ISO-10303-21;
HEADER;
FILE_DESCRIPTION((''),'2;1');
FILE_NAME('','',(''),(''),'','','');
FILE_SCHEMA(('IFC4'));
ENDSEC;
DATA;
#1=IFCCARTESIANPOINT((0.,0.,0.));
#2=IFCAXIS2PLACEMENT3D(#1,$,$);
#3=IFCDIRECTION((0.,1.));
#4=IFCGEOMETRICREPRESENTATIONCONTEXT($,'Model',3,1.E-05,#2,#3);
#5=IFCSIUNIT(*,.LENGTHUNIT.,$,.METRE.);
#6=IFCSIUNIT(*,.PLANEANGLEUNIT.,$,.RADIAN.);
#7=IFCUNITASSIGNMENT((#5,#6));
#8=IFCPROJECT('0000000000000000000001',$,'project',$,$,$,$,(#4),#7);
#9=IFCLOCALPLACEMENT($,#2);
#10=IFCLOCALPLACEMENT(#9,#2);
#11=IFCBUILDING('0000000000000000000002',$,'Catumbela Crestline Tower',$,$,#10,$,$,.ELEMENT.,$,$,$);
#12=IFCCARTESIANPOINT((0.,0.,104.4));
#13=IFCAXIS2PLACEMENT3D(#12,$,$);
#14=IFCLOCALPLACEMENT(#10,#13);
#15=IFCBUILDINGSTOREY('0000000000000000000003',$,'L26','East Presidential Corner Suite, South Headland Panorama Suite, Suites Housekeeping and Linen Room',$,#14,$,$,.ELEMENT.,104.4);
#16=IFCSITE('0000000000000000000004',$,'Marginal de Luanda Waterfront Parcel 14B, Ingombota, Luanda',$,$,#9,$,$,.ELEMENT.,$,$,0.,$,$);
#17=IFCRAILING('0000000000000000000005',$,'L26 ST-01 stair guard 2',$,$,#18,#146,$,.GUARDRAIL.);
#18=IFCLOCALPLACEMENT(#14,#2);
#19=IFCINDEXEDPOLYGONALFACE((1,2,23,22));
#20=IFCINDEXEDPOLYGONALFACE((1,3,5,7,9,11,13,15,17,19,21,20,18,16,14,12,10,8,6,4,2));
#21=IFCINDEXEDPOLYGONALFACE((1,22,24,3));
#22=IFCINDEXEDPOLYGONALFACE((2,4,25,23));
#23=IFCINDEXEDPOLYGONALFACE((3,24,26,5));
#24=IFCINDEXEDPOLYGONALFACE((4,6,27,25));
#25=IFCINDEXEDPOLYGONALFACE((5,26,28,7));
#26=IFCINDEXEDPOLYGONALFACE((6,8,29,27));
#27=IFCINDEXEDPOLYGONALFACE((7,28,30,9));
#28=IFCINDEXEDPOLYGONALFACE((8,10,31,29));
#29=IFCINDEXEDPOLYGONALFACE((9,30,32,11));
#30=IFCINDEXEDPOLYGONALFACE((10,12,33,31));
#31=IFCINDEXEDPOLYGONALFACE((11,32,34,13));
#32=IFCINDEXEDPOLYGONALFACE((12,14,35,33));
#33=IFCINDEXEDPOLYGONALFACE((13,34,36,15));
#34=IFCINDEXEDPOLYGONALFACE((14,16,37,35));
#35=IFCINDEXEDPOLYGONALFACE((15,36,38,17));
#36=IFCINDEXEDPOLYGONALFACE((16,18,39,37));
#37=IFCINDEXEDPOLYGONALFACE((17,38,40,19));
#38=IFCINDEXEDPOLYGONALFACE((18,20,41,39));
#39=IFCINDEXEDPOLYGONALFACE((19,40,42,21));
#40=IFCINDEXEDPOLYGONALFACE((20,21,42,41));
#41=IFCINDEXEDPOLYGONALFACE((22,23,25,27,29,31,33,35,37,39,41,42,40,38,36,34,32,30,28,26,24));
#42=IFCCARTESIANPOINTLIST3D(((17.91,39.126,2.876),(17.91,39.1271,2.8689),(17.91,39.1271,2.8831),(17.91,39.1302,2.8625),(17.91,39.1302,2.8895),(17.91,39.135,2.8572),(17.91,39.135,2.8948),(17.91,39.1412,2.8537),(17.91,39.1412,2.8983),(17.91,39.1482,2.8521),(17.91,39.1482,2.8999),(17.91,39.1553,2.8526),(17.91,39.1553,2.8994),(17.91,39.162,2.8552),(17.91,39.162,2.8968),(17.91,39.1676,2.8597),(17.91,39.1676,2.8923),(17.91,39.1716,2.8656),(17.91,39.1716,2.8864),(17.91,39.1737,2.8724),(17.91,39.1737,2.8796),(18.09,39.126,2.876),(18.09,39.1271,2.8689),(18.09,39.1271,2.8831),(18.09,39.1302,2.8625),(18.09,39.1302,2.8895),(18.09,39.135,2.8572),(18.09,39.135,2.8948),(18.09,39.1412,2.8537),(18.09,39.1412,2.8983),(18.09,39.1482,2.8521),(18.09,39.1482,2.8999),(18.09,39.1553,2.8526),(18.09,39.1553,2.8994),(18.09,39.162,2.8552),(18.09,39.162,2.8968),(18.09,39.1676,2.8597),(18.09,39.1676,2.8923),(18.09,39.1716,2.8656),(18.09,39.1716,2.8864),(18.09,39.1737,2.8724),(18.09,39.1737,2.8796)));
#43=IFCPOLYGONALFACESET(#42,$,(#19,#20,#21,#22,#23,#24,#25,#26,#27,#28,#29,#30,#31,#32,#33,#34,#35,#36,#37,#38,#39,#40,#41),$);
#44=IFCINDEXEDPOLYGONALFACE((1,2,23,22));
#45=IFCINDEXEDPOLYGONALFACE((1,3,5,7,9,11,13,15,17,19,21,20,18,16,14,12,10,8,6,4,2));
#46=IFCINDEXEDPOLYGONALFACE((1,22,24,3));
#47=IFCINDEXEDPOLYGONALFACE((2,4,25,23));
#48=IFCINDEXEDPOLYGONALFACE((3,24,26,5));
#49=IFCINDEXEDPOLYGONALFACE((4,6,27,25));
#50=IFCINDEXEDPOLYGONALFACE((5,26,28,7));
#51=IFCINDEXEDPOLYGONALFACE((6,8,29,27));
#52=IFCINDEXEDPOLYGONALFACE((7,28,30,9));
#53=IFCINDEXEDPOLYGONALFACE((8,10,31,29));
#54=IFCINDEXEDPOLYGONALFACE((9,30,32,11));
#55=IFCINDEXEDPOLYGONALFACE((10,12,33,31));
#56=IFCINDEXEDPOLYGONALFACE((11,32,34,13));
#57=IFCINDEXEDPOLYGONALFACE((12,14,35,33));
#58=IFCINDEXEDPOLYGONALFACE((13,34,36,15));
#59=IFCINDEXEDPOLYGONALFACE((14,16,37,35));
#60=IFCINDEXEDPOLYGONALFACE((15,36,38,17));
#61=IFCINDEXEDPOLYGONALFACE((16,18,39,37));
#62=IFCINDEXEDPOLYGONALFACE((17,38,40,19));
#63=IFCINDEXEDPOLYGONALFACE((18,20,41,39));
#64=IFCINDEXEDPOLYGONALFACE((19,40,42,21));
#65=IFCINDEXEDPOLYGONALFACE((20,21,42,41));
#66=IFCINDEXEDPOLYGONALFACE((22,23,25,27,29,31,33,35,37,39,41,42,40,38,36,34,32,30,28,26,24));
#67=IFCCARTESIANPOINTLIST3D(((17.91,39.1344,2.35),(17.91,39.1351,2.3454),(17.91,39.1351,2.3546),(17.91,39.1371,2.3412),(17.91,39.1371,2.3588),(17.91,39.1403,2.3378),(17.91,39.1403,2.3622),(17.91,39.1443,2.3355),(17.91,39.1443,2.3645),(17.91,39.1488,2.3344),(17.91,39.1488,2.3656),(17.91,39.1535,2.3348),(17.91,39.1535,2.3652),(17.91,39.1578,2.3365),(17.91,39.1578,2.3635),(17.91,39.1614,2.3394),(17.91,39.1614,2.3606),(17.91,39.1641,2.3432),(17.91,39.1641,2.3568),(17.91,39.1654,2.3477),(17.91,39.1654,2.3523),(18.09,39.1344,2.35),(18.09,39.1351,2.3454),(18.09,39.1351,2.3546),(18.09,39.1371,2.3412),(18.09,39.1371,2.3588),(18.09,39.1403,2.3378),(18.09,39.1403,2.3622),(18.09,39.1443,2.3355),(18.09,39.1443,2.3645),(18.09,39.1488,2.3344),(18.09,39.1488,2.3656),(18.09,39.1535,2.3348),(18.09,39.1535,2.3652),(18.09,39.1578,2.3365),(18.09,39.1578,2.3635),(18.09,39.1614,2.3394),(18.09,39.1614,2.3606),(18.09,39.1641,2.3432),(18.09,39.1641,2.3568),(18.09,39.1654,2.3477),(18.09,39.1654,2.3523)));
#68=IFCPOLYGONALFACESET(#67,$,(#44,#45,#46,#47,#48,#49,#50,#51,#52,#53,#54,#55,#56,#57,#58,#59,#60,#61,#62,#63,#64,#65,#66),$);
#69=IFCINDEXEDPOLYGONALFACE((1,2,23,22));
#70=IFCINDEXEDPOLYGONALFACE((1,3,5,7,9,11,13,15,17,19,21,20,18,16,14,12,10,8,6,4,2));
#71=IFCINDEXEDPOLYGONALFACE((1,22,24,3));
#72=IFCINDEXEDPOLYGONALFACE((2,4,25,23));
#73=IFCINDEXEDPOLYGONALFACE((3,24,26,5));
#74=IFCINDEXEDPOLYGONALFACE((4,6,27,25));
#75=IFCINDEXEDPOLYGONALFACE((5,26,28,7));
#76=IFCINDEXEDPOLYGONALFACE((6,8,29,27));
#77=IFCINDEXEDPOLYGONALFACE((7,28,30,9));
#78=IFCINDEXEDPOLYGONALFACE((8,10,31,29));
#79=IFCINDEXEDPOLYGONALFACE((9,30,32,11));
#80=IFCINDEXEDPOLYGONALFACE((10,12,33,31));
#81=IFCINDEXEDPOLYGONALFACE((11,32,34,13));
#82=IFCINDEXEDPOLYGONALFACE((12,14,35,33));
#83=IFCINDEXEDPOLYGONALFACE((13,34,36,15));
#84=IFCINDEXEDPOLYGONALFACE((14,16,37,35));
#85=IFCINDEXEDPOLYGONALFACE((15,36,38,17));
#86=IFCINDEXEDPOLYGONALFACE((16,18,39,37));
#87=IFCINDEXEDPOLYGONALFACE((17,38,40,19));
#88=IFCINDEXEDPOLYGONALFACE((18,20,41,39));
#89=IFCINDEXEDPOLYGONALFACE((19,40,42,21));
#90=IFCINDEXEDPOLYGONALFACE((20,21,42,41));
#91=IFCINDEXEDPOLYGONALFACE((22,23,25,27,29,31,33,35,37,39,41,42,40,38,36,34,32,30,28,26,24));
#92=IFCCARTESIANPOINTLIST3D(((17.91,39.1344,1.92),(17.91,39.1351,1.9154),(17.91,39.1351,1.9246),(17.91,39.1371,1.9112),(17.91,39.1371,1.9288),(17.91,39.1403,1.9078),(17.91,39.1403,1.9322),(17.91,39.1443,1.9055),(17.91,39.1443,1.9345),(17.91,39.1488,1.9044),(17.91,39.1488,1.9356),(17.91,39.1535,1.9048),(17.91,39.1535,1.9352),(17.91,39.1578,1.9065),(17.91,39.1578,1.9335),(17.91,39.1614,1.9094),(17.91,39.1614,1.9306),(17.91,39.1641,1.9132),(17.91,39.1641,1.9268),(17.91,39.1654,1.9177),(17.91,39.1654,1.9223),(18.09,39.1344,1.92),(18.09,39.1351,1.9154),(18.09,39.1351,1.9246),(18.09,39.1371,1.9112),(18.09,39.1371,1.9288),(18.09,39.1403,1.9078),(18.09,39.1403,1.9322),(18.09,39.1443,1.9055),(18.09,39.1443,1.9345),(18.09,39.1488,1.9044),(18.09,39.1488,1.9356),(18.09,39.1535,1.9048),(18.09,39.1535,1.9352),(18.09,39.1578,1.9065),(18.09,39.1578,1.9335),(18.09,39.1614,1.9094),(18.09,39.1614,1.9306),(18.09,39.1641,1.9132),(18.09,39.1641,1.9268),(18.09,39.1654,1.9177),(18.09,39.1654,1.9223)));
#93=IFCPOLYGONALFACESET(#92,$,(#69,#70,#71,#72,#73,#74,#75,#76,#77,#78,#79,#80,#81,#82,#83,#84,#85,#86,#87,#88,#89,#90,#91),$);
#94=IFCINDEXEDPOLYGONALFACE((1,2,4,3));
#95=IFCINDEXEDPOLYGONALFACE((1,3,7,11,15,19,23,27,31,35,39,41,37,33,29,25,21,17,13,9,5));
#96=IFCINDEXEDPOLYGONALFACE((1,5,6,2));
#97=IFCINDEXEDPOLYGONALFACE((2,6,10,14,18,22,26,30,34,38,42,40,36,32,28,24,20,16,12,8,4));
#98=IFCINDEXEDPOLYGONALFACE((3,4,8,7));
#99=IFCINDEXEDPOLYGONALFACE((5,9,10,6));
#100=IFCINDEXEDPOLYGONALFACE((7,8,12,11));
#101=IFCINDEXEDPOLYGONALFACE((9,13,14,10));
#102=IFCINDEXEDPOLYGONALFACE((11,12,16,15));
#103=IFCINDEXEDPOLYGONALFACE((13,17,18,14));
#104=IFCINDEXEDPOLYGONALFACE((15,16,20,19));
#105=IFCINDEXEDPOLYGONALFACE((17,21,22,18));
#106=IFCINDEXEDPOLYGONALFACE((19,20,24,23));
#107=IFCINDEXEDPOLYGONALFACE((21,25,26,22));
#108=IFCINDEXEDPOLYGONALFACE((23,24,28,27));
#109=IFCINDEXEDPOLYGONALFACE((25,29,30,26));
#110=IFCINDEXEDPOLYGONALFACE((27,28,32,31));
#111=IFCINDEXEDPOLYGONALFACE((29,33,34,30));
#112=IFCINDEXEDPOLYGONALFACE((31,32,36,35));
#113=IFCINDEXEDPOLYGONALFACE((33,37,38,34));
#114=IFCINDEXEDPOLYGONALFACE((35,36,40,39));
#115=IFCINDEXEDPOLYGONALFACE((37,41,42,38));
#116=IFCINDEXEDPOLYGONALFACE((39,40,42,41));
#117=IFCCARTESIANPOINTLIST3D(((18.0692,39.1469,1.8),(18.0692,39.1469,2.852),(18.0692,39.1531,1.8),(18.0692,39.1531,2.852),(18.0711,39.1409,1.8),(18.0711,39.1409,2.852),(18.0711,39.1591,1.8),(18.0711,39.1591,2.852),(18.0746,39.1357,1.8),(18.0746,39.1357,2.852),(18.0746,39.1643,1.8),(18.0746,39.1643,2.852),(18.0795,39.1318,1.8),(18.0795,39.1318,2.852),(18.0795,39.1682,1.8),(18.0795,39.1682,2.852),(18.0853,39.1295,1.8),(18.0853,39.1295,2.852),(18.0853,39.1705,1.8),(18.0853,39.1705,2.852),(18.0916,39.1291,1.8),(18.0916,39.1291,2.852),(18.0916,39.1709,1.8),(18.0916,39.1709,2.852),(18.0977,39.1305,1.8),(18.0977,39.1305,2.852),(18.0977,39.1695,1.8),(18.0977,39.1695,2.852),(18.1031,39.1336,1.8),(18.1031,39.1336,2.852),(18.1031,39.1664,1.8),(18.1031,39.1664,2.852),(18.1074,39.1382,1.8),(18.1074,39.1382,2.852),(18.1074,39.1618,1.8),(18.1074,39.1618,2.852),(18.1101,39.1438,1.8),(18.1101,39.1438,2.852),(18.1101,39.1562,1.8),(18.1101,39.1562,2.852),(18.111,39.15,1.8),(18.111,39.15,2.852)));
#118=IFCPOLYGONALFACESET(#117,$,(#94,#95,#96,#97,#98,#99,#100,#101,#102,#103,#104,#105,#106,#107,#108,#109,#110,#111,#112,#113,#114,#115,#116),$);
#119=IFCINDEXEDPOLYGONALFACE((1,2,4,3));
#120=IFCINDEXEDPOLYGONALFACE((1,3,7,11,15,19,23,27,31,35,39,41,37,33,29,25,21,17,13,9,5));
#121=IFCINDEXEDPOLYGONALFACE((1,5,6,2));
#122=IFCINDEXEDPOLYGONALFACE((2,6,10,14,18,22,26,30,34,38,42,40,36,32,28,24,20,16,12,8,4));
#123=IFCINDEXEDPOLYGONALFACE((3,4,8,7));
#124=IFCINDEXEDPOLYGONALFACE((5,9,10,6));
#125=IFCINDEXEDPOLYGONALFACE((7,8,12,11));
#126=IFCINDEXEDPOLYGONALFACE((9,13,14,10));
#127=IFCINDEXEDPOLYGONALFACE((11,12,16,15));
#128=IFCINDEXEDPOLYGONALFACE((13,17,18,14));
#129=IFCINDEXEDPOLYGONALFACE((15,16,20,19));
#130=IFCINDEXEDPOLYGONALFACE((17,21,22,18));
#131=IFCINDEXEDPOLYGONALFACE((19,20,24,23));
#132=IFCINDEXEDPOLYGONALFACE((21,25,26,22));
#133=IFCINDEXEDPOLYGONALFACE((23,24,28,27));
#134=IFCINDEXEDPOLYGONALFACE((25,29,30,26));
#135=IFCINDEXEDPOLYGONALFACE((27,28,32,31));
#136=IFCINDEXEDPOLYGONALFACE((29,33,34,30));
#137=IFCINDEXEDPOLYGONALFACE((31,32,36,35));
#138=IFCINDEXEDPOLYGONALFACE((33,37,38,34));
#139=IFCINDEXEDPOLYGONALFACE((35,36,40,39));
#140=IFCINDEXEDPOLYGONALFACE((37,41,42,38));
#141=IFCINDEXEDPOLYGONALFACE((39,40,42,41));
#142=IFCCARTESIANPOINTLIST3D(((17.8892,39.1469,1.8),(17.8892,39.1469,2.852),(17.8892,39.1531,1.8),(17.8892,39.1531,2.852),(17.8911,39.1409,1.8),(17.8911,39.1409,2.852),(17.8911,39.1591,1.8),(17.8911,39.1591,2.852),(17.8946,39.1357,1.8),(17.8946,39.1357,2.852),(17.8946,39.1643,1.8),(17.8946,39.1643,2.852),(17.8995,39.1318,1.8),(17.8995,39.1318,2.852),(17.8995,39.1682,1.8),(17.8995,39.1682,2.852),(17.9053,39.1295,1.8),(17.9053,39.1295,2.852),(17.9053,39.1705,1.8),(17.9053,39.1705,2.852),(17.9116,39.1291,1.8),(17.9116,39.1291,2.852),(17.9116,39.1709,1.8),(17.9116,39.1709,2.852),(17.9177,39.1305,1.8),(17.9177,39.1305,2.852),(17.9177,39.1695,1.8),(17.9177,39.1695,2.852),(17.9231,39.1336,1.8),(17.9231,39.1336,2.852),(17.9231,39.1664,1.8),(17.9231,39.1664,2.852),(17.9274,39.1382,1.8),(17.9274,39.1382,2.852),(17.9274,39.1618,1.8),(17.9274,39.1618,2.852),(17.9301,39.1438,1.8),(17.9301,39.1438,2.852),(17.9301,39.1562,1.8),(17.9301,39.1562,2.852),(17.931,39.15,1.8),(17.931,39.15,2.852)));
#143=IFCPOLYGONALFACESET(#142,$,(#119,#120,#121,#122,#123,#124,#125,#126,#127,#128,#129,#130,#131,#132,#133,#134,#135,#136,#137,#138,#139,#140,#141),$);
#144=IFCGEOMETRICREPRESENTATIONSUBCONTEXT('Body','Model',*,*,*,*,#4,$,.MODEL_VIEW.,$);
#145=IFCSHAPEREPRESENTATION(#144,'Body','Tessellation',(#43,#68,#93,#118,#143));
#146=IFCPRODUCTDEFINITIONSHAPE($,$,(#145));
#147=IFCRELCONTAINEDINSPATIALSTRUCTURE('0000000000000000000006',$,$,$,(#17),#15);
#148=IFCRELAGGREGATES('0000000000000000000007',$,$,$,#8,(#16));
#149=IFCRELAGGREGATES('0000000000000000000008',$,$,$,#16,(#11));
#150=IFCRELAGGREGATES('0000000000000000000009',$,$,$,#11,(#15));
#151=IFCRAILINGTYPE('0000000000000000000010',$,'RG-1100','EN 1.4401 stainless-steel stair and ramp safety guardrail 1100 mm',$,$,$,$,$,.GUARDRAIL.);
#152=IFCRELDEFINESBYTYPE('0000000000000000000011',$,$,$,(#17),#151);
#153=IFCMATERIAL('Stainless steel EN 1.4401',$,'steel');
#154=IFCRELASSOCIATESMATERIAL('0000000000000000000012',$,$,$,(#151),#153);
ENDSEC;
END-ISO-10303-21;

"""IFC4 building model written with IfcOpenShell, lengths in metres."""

from ifc_helpers import new_model, si_unit, direction, frame, origin, origin_2d, place, context, subcontext, project, spatial, circle, extrude, material, type_object, element, save


model = new_model("IFC4")

# Units and contexts
model_context = context("Model", 3, precision=1e-05, world=origin(), true_north=direction((0.0, 1.0)))
body_context = subcontext(model_context, "Body", "Model", "MODEL_VIEW")
ifc_project = project(units=[si_unit("LENGTHUNIT", "METRE"), si_unit("PLANEANGLEUNIT", "RADIAN")], contexts=[model_context])

# Site, building, storey
site_placement = place(None, origin())
site = spatial("IfcSite", under=ifc_project, at=site_placement, Name="Marginal de Luanda Waterfront Parcel 14B, Ingombota, Luanda", CompositionType="ELEMENT", RefElevation=0.0)
building_placement = place(site_placement, origin())
building = spatial("IfcBuilding", under=site, at=building_placement, Name="Catumbela Crestline Tower", CompositionType="ELEMENT")
storey_placement = place(building_placement, frame((0.0, 0.0, 104.4)))
storey = spatial("IfcBuildingStorey", under=building, at=storey_placement, Name="L26", Description="East Presidential Corner Suite, South Headland Panorama Suite, Suites Housekeeping and Linen Room", CompositionType="ELEMENT", Elevation=104.4)

# Railing
ifc_material_1 = material(Name="Stainless steel EN 1.4401", Category="steel")
railing_type_1 = type_object("IfcRailingType", Name="RG-1100", Description="EN 1.4401 stainless-steel stair and ramp safety guardrail 1100 mm", PredefinedType="GUARDRAIL", material=ifc_material_1)
railing_1_placement = place(storey_placement, frame((18.09, 39.15, 1.8)))
element("IfcRailing", 1, at=railing_1_placement, inside=storey, type_object=railing_type_1, Name="L26 ST-01 stair guard 2", PredefinedType="GUARDRAIL", context=body_context, shape_type="SweptSolid", body=[
    extrude(circle(Radius=0.024, at=origin_2d()), frame((0.0, 0.0, 1.076), z_axis=(-1.0, 0.0, 0.0), x_axis=(0.0, -1.0, 0.0)), (0.0, 0.0, 1.0), 0.18),
    extrude(circle(Radius=0.0156, at=origin_2d()), frame((0.0, 0.0, 0.55), z_axis=(-1.0, 0.0, 0.0), x_axis=(0.0, -1.0, 0.0)), (0.0, 0.0, 1.0), 0.18),
    extrude(circle(Radius=0.0156, at=origin_2d()), frame((0.0, 0.0, 0.12), z_axis=(-1.0, 0.0, 0.0), x_axis=(0.0, -1.0, 0.0)), (0.0, 0.0, 1.0), 0.18),
    extrude(circle(Radius=0.021, at=origin_2d()), origin(), (0.0, 0.0, 1.0), 1.052),
    extrude(circle(Radius=0.021, at=origin_2d()), frame((-0.18, 0.0, 0.0)), (0.0, 0.0, 1.0), 1.052),
])

save(model, "model.ifc")
